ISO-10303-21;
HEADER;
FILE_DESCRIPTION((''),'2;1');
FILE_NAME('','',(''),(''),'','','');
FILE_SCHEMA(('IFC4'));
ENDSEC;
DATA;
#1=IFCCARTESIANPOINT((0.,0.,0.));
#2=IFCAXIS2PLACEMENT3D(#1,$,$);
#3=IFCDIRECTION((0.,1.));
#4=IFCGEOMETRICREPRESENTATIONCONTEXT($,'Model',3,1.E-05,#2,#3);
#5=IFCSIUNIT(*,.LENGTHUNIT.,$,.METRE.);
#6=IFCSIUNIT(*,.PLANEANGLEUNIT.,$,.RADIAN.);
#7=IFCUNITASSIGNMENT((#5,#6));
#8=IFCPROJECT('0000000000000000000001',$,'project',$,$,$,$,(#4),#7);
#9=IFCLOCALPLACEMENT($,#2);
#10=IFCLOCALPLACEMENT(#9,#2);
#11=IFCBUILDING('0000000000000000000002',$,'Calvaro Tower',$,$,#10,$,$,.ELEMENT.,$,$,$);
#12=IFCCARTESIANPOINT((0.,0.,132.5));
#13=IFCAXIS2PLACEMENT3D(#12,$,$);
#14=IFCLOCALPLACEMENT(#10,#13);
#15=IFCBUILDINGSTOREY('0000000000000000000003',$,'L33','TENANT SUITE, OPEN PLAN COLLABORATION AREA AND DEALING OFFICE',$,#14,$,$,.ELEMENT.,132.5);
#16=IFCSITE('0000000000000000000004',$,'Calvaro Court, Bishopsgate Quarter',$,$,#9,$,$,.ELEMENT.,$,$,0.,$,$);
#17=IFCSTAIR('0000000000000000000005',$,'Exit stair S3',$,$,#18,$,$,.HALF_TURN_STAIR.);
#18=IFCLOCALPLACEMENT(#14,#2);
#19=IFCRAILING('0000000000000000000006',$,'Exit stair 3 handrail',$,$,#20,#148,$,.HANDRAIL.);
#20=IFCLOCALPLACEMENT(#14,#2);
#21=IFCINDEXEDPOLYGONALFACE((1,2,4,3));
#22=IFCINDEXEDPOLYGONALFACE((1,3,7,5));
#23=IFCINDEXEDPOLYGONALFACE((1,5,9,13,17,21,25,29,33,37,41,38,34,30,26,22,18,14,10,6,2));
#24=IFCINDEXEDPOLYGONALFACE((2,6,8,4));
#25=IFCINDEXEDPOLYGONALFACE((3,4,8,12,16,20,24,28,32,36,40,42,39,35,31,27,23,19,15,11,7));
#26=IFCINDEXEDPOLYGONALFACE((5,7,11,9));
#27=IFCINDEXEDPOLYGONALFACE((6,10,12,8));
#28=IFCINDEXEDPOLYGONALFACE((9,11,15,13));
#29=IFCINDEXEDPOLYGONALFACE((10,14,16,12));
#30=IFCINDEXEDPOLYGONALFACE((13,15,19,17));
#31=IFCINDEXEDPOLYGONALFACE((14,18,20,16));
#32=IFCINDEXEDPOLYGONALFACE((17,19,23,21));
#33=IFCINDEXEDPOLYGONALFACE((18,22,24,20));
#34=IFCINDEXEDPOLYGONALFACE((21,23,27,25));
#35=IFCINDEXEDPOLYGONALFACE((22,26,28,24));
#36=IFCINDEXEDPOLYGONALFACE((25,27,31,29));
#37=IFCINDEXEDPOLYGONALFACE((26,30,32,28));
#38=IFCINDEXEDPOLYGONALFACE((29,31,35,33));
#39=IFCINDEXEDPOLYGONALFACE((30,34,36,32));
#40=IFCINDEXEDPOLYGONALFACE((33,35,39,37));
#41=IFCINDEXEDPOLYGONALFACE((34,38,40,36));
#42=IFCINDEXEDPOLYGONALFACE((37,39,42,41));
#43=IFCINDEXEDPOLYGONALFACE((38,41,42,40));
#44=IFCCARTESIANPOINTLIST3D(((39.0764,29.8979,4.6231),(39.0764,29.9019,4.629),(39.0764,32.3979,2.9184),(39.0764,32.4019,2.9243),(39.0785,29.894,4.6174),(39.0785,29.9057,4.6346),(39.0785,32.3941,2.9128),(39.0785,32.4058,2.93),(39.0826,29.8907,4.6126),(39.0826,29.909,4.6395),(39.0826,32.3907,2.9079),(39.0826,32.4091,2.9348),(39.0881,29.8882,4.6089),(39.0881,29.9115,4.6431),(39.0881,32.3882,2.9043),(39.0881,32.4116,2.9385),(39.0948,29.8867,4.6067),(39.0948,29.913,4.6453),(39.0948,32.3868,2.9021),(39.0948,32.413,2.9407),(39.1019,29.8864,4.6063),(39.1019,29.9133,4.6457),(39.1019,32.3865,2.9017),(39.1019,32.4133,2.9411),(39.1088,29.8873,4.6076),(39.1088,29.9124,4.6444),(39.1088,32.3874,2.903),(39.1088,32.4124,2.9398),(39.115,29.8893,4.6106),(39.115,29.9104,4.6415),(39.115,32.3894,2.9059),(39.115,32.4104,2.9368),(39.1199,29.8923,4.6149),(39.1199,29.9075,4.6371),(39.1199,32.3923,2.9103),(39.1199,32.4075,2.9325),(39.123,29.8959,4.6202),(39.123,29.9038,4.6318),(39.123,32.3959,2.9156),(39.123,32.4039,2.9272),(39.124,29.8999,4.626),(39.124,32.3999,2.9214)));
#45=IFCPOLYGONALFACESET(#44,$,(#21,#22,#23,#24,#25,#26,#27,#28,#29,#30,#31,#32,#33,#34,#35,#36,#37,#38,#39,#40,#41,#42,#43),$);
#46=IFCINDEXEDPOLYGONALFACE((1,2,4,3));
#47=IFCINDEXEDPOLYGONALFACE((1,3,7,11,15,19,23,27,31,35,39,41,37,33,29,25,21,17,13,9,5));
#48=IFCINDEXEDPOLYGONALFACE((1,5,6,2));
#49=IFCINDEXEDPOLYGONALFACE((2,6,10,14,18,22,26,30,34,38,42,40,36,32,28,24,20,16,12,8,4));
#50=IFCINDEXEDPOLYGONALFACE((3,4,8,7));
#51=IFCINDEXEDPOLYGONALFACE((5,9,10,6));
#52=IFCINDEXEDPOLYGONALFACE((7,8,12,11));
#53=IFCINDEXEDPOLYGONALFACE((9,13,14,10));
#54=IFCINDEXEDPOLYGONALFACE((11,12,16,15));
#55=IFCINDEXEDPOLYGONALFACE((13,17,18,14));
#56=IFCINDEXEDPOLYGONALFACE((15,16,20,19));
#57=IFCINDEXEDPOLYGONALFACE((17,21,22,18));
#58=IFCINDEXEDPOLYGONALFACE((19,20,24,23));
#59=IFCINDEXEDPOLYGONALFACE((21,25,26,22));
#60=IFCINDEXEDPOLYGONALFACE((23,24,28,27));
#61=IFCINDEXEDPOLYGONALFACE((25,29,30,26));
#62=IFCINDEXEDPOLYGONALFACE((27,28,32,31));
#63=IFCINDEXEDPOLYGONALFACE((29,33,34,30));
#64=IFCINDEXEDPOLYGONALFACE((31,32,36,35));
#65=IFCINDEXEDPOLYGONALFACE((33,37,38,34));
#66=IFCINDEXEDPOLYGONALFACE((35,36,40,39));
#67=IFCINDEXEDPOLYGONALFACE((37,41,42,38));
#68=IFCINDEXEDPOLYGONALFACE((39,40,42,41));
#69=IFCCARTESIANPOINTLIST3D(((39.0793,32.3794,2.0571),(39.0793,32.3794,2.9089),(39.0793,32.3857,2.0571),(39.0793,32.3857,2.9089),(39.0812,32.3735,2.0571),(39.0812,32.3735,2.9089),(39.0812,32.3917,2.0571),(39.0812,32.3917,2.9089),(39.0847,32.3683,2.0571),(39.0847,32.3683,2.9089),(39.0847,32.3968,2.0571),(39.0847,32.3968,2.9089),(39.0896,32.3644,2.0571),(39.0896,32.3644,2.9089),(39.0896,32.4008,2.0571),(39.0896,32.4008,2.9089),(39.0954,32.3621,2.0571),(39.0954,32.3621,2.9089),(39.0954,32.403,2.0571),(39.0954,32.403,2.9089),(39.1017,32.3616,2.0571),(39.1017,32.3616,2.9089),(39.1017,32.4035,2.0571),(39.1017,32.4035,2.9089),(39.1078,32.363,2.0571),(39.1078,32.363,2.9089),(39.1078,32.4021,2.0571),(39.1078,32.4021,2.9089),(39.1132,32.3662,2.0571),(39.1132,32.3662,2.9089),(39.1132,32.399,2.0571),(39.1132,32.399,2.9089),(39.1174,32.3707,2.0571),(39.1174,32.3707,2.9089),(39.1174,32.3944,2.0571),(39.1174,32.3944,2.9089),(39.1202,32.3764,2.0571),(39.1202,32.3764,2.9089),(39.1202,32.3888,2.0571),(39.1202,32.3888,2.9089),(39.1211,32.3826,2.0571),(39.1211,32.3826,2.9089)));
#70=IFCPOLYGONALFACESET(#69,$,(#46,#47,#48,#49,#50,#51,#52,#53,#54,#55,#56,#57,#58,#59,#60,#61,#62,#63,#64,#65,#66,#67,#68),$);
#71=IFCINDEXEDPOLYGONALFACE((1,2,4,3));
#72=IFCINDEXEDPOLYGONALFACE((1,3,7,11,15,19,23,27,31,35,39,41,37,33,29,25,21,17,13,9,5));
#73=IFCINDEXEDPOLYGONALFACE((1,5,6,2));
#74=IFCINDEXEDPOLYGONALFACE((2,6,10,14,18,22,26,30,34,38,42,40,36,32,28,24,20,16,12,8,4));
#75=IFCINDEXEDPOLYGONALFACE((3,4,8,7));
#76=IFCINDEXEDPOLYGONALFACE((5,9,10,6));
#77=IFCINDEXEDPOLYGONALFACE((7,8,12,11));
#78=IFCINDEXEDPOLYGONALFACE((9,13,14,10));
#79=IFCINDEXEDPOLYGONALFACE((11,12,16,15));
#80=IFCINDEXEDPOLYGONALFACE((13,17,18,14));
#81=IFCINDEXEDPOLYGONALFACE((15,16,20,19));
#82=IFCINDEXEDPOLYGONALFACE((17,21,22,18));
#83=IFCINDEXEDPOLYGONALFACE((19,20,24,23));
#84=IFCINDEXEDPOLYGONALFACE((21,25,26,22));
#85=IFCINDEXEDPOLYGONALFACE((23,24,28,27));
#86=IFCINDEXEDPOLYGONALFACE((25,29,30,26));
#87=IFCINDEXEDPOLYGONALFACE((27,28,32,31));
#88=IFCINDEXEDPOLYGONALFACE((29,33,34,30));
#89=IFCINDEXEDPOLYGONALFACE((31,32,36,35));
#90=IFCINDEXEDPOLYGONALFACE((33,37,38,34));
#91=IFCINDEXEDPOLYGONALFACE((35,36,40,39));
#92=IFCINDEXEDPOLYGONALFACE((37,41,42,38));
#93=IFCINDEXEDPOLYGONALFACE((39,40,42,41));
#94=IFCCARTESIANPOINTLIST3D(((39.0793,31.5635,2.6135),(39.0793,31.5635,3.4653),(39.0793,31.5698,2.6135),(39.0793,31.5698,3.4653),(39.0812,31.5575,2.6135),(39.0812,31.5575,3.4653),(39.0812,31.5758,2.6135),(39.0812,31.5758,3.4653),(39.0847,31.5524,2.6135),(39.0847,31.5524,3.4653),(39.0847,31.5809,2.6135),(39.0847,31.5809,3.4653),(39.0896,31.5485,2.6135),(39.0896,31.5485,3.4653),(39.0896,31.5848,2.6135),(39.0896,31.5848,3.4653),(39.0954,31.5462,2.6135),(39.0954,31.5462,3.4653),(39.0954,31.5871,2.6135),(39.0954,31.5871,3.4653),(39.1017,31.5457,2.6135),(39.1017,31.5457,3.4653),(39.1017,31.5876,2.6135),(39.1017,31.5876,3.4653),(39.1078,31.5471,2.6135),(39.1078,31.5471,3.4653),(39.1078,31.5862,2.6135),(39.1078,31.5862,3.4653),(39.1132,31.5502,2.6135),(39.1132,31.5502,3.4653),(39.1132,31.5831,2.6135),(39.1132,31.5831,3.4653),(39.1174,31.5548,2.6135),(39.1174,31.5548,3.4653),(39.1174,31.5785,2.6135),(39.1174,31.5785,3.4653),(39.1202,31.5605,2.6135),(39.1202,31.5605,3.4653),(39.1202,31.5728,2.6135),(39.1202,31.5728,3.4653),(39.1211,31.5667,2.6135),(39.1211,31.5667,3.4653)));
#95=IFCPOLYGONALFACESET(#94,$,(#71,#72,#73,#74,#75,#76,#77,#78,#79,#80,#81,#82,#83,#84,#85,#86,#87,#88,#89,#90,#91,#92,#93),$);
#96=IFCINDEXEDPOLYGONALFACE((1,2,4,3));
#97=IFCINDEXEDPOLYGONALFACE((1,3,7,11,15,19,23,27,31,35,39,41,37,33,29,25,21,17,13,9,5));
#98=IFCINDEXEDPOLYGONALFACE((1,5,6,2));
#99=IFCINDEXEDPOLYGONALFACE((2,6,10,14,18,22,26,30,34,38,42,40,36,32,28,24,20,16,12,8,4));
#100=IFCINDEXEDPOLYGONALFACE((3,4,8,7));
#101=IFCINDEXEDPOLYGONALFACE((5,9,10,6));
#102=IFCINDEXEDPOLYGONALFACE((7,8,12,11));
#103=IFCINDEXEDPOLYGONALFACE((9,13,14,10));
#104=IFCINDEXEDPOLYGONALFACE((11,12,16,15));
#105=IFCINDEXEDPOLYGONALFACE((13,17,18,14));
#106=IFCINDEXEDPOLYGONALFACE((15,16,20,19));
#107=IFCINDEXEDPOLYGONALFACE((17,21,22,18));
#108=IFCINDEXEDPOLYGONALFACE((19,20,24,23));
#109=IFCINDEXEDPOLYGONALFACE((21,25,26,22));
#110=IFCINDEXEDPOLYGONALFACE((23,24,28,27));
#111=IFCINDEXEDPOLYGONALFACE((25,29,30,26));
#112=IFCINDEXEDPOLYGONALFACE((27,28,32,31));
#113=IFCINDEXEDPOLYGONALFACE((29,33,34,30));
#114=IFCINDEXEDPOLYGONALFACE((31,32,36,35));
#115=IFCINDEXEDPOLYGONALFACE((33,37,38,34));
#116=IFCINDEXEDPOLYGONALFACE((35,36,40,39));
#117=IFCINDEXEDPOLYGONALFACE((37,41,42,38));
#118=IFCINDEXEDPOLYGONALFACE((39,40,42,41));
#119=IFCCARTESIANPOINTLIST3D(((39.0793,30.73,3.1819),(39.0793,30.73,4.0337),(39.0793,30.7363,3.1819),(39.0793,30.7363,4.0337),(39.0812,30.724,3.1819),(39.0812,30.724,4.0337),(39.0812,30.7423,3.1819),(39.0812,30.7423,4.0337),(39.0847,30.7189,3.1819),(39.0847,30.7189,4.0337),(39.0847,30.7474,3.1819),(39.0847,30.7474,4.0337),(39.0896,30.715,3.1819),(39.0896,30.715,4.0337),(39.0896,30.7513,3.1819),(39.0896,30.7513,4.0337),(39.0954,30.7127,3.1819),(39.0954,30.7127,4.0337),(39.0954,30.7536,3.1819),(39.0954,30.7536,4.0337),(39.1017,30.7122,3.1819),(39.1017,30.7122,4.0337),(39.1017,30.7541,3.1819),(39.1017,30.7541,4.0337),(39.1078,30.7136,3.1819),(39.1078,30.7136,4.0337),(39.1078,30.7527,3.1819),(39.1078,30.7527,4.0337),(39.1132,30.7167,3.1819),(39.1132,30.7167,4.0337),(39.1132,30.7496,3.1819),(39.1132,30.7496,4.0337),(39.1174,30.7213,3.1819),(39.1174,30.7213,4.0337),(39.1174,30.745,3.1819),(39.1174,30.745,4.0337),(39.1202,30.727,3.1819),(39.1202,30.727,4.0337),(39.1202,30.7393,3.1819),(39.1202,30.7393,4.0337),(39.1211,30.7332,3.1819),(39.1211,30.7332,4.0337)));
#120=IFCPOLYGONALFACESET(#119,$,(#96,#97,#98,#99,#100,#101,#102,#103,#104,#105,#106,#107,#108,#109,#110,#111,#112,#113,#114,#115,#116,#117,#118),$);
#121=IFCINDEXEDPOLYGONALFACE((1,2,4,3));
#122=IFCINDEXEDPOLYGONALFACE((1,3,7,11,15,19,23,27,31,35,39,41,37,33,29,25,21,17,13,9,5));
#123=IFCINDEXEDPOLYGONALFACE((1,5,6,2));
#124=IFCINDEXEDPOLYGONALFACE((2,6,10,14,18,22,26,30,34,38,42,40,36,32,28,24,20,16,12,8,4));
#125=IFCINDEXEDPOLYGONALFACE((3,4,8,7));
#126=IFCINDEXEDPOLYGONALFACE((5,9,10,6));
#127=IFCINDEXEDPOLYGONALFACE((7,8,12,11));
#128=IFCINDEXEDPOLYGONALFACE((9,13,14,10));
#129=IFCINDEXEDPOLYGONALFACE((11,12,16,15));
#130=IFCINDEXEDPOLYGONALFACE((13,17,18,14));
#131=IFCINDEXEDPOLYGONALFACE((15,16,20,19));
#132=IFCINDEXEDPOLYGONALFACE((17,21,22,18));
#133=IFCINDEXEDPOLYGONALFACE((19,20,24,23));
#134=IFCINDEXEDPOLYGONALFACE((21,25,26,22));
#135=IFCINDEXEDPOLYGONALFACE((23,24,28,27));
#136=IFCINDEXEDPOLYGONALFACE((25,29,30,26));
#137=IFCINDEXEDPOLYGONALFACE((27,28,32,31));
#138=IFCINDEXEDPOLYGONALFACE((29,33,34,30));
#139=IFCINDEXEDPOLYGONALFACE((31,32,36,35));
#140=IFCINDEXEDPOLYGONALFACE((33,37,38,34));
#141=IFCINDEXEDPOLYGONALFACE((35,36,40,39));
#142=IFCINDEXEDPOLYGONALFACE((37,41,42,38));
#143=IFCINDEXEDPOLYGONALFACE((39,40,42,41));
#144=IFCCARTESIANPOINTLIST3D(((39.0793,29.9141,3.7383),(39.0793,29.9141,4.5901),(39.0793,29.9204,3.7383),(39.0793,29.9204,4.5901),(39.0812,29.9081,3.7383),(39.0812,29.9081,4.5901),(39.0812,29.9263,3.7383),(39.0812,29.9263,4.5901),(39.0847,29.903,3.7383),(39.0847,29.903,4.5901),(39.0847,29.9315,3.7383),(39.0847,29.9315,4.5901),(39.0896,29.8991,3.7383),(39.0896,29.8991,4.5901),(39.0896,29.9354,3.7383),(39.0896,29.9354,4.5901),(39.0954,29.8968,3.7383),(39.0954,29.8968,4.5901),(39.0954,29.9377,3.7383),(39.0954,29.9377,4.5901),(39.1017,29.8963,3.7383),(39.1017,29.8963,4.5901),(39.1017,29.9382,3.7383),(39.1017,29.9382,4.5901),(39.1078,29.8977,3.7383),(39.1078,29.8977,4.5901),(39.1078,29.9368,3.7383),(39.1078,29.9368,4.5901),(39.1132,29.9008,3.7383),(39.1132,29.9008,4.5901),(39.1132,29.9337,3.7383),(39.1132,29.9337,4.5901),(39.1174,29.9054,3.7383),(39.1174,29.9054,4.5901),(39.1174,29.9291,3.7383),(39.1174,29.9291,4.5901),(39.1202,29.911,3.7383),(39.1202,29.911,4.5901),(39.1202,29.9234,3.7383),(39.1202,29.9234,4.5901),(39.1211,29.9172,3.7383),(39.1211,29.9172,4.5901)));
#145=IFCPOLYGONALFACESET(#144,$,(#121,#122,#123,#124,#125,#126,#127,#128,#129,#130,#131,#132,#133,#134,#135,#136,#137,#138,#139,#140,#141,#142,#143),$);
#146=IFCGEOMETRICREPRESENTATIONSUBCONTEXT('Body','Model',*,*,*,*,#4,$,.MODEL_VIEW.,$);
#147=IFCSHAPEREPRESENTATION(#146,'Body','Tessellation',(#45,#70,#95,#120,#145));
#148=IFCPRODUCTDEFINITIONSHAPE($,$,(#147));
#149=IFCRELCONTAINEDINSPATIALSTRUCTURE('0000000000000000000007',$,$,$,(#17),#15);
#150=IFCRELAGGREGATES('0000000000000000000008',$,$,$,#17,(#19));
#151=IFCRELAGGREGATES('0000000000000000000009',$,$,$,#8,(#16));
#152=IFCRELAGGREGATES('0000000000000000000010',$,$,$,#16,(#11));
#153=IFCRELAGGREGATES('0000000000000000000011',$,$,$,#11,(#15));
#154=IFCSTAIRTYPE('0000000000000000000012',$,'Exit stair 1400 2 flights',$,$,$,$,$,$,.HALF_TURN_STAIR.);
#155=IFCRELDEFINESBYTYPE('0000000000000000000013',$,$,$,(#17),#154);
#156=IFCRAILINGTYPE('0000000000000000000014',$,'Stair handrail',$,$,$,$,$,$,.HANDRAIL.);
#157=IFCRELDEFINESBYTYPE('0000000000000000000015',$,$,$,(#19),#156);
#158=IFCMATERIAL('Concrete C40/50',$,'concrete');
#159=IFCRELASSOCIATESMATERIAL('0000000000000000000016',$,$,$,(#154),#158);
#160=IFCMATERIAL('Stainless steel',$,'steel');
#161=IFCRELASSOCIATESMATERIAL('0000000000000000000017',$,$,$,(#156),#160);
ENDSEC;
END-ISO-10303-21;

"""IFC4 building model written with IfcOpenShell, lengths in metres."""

from ifc_helpers import new_model, si_unit, direction, frame, origin, origin_2d, place, context, subcontext, project, spatial, circle, extrude, material, type_object, element, aggregate, save


model = new_model("IFC4")

# Units and contexts
model_context = context("Model", 3, precision=1e-05, world=origin(), true_north=direction((0.0, 1.0)))
body_context = subcontext(model_context, "Body", "Model", "MODEL_VIEW")
ifc_project = project(units=[si_unit("LENGTHUNIT", "METRE"), si_unit("PLANEANGLEUNIT", "RADIAN")], contexts=[model_context])

# Site, building, storey
site_placement = place(None, origin())
site = spatial("IfcSite", under=ifc_project, at=site_placement, Name="Calvaro Court, Bishopsgate Quarter", CompositionType="ELEMENT", RefElevation=0.0)
building_placement = place(site_placement, origin())
building = spatial("IfcBuilding", under=site, at=building_placement, Name="Calvaro Tower", CompositionType="ELEMENT")
storey_placement = place(building_placement, frame((0.0, 0.0, 132.5)))
storey = spatial("IfcBuildingStorey", under=building, at=storey_placement, Name="L33", Description="TENANT SUITE, OPEN PLAN COLLABORATION AREA AND DEALING OFFICE", CompositionType="ELEMENT", Elevation=132.5)

# Stair
ifc_material_1 = material(Name="Concrete C40/50", Category="concrete")
stair_type = type_object("IfcStairType", Name="Exit stair 1400 2 flights", PredefinedType="HALF_TURN_STAIR", material=ifc_material_1)
stair_1_placement = place(storey_placement, origin())
stair_1 = element("IfcStair", 1, at=stair_1_placement, inside=storey, type_object=stair_type, Name="Exit stair S3", PredefinedType="HALF_TURN_STAIR")

# Railing
ifc_material_2 = material(Name="Stainless steel", Category="steel")
railing_type = type_object("IfcRailingType", Name="Stair handrail", PredefinedType="HANDRAIL", material=ifc_material_2)
railing_1_placement = place(storey_placement, frame((39.1001, 32.3999, 2.0454)))
railing_1 = element("IfcRailing", 2, at=railing_1_placement, type_object=railing_type, Name="Exit stair 3 handrail", PredefinedType="HANDRAIL", context=body_context, shape_type="SweptSolid", body=[
    extrude(circle(Radius=0.0239, at=origin_2d()), frame((0.0, 0.0, 0.876), z_axis=(0.0, -0.826221, 0.563347), x_axis=(1.0, 0.0, 0.0)), (0.0, 0.0, 1.0), 3.0259),
    extrude(circle(Radius=0.021, at=origin_2d()), frame((0.0, -0.0173, 0.0117)), (0.0, 0.0, 1.0), 0.8518),
    extrude(circle(Radius=0.021, at=origin_2d()), frame((0.0, -0.8333, 0.5681)), (0.0, 0.0, 1.0), 0.8518),
    extrude(circle(Radius=0.021, at=origin_2d()), frame((0.0, -1.6667, 1.1365)), (0.0, 0.0, 1.0), 0.8518),
    extrude(circle(Radius=0.021, at=origin_2d()), frame((0.0, -2.4827, 1.6929)), (0.0, 0.0, 1.0), 0.8518),
])
aggregate(stair_1, [railing_1])

save(model, "model.ifc")
